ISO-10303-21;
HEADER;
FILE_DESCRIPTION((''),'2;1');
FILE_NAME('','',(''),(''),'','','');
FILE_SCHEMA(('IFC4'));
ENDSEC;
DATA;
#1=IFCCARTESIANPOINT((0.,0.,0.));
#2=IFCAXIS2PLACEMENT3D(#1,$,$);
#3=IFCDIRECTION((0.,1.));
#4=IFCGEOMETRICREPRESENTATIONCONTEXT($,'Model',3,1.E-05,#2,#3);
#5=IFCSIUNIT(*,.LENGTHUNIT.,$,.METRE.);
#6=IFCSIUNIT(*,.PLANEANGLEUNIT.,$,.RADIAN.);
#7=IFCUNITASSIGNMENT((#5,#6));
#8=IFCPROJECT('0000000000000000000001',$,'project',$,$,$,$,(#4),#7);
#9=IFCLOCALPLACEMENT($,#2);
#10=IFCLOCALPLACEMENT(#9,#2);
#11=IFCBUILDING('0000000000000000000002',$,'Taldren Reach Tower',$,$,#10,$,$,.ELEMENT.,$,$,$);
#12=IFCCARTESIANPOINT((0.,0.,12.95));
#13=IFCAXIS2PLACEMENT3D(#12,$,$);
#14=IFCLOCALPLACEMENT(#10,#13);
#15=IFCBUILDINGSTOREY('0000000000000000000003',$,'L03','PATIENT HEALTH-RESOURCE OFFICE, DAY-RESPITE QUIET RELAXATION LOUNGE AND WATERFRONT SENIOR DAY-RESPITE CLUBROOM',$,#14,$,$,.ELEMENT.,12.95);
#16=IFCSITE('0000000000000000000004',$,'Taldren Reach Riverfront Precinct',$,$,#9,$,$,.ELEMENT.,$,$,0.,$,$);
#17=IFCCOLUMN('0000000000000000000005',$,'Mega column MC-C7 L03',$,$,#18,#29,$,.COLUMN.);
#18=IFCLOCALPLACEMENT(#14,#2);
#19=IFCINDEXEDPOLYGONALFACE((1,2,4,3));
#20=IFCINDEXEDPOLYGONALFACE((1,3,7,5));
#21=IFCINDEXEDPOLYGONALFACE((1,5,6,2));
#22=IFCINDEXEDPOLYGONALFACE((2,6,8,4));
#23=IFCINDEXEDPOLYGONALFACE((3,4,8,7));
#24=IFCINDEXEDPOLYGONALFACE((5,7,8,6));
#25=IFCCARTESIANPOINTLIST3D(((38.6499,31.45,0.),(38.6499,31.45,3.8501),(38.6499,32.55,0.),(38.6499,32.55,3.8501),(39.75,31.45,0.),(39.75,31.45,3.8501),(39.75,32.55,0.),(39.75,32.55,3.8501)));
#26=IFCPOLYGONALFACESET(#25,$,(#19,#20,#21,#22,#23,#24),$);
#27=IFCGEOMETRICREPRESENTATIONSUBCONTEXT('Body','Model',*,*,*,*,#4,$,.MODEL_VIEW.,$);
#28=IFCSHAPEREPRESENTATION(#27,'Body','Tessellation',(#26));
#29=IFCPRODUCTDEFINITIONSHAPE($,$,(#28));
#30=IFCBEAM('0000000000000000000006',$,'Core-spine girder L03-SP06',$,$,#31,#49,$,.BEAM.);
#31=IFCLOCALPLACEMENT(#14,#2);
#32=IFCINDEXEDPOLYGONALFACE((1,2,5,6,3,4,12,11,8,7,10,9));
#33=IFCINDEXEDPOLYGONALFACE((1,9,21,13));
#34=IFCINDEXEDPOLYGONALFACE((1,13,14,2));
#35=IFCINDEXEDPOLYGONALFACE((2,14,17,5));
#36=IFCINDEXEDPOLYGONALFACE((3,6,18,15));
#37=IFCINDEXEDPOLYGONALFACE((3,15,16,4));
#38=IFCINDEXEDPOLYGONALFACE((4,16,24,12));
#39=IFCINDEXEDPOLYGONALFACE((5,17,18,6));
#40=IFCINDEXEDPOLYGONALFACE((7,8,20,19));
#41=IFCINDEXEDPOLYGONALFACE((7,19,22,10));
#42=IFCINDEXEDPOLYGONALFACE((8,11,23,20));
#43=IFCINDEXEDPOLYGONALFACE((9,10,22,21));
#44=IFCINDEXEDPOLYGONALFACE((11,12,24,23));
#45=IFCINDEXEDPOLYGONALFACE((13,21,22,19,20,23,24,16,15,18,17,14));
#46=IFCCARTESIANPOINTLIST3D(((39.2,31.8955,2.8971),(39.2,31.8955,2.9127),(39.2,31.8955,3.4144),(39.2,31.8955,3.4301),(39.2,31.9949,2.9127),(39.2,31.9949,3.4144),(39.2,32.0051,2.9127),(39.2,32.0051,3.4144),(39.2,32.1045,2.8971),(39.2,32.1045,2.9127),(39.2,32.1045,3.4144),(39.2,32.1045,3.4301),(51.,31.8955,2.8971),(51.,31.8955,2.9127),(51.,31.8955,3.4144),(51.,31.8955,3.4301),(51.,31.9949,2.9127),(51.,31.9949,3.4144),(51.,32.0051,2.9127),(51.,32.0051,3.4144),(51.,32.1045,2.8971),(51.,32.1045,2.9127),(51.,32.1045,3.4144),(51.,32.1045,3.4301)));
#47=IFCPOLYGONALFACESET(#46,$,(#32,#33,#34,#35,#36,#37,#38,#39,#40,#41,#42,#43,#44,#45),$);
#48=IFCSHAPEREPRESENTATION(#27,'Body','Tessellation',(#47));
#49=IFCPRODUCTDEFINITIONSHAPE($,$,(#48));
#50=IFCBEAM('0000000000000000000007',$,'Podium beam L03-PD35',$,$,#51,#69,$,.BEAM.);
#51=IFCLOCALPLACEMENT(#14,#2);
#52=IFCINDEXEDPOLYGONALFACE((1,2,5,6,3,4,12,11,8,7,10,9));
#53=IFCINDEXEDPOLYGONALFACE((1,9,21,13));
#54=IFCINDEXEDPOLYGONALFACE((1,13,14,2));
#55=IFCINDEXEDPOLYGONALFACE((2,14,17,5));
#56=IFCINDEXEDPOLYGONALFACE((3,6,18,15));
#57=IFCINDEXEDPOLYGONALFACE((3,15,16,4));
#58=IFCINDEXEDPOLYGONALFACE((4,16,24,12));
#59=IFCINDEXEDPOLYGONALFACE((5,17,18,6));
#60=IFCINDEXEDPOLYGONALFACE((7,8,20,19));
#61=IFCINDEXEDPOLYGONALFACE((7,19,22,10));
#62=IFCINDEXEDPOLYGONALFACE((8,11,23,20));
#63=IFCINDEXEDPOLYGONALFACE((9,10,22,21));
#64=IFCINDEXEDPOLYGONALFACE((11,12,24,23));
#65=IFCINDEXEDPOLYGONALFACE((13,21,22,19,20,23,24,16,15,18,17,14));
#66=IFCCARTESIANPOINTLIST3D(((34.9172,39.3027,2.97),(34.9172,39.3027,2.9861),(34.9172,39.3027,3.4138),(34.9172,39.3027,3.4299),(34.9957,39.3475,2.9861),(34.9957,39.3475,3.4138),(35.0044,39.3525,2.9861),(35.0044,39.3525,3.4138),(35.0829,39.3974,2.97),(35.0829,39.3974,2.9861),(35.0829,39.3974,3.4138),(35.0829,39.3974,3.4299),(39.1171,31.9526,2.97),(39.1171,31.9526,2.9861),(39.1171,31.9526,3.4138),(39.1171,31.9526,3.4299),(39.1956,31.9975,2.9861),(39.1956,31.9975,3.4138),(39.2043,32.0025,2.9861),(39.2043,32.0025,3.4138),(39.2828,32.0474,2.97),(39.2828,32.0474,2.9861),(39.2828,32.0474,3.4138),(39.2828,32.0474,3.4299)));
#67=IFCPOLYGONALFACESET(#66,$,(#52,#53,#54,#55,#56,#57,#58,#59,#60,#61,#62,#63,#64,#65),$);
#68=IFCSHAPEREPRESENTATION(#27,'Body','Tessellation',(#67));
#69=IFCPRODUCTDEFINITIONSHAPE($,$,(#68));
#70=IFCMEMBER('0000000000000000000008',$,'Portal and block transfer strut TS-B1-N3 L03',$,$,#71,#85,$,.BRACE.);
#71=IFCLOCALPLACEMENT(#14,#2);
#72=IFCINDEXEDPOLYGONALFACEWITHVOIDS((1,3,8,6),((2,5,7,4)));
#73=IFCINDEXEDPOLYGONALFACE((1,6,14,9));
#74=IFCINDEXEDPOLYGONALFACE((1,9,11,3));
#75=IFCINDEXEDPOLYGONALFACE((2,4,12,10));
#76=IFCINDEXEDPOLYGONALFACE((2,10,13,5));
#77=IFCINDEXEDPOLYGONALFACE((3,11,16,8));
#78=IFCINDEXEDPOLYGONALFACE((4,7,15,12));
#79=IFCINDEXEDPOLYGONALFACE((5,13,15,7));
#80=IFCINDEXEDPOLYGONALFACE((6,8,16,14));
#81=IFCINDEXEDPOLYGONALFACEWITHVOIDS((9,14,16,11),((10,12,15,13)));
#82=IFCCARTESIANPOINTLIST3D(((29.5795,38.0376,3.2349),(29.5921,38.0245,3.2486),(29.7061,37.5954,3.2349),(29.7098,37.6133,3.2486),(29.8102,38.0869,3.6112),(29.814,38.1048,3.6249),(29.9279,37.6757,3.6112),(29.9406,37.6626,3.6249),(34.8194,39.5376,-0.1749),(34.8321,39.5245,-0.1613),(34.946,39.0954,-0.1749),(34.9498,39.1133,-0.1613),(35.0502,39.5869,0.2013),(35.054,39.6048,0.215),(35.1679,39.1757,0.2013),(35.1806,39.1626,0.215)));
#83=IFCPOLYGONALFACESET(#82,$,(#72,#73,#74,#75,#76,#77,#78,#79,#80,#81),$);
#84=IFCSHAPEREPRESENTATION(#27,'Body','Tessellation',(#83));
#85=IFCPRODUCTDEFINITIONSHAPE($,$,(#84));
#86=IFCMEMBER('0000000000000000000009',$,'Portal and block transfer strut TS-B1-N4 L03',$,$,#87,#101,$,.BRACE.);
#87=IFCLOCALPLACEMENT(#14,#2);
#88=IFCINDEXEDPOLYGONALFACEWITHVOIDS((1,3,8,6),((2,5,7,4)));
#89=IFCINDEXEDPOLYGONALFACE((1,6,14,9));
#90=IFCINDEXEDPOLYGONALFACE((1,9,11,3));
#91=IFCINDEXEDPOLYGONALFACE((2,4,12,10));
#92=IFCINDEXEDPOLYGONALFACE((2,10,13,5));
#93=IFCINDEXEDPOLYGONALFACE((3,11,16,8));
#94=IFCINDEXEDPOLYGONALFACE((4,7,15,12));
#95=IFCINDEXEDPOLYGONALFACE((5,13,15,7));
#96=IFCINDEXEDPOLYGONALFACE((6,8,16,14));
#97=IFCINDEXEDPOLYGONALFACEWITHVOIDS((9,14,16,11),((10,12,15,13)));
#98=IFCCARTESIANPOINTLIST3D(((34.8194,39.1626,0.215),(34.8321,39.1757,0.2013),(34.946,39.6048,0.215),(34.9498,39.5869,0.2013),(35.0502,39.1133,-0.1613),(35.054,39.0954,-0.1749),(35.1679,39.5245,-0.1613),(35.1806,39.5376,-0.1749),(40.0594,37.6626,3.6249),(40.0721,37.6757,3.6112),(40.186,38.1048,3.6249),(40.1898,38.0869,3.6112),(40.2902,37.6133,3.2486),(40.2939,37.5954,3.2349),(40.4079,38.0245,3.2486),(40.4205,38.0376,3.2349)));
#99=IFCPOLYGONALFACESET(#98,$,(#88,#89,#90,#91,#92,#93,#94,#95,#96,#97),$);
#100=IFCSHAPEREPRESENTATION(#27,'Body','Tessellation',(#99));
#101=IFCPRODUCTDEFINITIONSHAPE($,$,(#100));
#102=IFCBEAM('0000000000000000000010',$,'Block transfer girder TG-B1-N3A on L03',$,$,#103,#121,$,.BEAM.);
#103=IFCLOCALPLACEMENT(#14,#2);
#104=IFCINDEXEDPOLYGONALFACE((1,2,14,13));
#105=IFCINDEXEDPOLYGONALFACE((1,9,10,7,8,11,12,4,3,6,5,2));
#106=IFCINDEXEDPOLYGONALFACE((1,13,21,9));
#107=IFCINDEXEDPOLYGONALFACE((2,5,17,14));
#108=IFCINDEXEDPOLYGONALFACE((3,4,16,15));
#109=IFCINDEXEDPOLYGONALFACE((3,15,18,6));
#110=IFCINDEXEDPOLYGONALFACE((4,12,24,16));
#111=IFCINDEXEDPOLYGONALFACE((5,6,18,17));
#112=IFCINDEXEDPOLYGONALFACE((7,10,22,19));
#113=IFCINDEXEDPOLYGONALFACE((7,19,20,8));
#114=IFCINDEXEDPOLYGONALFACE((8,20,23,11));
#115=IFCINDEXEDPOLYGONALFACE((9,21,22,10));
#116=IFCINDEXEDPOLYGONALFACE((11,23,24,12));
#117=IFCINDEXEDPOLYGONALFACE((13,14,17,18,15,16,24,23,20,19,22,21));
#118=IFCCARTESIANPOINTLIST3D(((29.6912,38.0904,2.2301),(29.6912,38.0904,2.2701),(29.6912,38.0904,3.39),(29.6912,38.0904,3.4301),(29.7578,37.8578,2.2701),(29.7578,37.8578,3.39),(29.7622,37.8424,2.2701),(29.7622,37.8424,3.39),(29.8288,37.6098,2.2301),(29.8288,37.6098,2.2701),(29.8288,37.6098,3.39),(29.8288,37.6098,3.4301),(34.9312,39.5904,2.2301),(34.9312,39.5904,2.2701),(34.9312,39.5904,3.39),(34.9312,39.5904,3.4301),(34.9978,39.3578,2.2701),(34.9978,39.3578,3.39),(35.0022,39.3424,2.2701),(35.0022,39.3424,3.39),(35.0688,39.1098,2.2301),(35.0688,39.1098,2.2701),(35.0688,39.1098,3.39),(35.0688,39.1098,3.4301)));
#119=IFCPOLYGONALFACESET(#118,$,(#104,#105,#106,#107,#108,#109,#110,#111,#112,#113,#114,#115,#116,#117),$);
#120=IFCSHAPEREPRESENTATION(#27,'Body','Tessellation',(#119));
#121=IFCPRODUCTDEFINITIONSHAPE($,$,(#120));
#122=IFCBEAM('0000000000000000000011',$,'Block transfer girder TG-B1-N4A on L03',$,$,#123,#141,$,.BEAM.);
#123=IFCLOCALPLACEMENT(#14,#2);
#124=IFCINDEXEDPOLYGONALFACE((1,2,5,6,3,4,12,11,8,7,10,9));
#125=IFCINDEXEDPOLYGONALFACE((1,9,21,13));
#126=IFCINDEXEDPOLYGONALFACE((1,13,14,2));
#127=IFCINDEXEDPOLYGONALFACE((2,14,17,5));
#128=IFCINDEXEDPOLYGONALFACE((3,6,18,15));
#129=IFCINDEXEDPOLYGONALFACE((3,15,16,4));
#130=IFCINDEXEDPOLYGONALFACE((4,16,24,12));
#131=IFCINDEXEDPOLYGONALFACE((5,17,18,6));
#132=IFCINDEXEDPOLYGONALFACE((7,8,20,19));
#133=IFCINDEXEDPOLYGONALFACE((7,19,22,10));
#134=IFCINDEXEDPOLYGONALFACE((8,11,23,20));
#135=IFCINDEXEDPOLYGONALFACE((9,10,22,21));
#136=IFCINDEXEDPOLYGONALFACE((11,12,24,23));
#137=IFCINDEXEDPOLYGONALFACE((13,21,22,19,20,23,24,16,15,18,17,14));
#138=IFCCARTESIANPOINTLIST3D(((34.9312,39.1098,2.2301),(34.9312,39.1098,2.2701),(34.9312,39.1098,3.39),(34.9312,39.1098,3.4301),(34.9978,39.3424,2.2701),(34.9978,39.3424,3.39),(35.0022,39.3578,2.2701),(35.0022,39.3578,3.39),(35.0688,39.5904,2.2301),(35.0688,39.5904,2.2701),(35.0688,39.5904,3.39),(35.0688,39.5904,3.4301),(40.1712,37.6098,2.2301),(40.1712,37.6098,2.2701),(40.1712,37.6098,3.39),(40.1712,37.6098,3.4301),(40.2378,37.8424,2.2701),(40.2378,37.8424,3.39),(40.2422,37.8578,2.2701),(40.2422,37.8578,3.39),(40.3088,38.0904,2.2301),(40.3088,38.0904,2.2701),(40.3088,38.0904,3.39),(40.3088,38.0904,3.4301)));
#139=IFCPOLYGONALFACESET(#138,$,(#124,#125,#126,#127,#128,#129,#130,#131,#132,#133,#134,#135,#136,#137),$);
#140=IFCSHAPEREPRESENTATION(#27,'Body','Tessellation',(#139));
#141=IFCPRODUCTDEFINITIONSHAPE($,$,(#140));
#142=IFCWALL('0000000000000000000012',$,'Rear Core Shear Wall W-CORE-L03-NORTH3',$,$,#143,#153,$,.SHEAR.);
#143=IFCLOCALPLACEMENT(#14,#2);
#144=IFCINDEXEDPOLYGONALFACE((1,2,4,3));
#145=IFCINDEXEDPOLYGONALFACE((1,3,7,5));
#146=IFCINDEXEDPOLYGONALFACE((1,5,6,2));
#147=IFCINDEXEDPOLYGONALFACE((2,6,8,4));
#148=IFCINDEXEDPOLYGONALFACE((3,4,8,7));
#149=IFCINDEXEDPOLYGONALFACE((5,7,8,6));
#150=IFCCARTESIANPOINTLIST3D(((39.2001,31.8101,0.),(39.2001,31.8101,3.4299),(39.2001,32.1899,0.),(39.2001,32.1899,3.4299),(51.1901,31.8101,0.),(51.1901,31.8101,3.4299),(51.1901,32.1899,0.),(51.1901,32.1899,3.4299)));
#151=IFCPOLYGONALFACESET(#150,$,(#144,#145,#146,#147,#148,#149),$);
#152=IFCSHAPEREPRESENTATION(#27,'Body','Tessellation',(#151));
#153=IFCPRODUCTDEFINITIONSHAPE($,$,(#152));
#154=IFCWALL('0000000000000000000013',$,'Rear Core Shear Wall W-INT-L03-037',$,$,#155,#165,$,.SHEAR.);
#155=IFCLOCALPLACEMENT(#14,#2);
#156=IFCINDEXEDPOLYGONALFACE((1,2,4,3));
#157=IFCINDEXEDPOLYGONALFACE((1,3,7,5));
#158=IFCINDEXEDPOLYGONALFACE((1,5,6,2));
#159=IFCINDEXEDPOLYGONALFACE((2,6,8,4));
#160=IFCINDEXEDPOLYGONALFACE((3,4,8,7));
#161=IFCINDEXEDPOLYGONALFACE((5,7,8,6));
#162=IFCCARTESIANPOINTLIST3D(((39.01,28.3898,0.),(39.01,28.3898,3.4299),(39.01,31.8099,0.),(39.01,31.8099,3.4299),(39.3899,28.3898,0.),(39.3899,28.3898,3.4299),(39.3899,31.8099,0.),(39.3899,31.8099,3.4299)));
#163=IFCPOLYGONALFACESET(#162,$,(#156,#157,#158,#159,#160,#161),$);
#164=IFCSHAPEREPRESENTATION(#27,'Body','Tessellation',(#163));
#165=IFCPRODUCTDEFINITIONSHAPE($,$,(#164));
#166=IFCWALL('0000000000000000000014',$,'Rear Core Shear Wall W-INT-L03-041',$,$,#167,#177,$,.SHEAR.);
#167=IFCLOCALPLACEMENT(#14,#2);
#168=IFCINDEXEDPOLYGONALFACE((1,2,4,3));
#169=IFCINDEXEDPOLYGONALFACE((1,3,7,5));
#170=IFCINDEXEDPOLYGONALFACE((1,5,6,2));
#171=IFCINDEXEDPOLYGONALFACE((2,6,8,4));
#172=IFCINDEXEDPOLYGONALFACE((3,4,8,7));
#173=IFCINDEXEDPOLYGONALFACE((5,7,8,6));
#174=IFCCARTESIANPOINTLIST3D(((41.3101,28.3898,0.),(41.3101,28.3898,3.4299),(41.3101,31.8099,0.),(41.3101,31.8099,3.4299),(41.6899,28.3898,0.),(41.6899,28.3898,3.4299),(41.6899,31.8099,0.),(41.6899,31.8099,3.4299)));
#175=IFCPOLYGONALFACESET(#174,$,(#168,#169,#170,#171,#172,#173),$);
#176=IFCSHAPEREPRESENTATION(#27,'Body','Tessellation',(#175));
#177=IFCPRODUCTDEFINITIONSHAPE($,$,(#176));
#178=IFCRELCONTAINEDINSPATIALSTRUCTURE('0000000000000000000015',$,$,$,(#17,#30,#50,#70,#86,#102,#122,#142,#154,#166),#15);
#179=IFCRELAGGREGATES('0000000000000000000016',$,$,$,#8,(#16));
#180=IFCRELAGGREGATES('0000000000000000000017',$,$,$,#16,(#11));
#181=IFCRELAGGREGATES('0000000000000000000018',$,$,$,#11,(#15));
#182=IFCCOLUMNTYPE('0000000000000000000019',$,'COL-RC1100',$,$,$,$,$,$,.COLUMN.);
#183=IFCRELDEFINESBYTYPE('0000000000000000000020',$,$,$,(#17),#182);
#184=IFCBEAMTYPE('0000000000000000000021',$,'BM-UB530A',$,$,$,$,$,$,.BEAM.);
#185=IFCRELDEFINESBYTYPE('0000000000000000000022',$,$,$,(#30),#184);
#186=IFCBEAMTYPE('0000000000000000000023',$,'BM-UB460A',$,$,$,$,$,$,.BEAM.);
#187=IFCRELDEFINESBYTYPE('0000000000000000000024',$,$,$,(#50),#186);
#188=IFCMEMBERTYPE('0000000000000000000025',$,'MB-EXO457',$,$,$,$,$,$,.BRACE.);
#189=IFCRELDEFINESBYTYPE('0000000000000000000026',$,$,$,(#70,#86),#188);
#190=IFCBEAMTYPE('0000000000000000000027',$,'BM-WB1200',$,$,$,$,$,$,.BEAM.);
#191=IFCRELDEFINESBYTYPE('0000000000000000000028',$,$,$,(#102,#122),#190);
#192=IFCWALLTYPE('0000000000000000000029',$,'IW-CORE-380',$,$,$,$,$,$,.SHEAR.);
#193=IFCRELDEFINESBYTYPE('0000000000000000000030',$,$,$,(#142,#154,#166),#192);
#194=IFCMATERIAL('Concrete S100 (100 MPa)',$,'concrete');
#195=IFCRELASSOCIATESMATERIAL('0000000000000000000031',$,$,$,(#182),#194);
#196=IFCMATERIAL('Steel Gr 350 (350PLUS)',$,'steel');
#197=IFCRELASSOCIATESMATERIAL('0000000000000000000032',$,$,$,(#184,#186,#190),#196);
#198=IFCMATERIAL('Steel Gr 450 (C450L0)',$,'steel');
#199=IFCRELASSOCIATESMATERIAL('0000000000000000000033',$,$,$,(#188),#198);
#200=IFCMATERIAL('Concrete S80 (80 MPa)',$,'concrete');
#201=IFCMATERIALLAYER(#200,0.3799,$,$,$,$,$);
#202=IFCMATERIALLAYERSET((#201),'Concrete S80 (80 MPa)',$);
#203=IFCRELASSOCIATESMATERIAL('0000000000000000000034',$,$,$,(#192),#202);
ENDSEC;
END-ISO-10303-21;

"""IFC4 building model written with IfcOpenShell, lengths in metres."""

from ifc_helpers import new_model, si_unit, direction, frame, frame_2d, origin, origin_2d, place, context, subcontext, project, spatial, rectangle, hollow_rectangle, i_section, extrude, source, transform, mapped, material, layer, layer_set, material_profile, profile_set, type_object, element, save


model = new_model("IFC4")

# Units and contexts
model_context = context("Model", 3, precision=1e-05, world=origin(), true_north=direction((0.0, 1.0)))
body_context = subcontext(model_context, "Body", "Model", "MODEL_VIEW")
ifc_project = project(units=[si_unit("LENGTHUNIT", "METRE"), si_unit("PLANEANGLEUNIT", "RADIAN")], contexts=[model_context])

# Site, building, storey
site_placement = place(None, origin())
site = spatial("IfcSite", under=ifc_project, at=site_placement, Name="Taldren Reach Riverfront Precinct", CompositionType="ELEMENT", RefElevation=0.0)
building_placement = place(site_placement, origin())
building = spatial("IfcBuilding", under=site, at=building_placement, Name="Taldren Reach Tower", CompositionType="ELEMENT")
storey_placement = place(building_placement, frame((0.0, 0.0, 12.95)))
storey = spatial("IfcBuildingStorey", under=building, at=storey_placement, Name="L03", Description="PATIENT HEALTH-RESOURCE OFFICE, DAY-RESPITE QUIET RELAXATION LOUNGE AND WATERFRONT SENIOR DAY-RESPITE CLUBROOM", CompositionType="ELEMENT", Elevation=12.95)

# Column
ifc_material_1 = material(Name="Concrete S100 (100 MPa)", Category="concrete")
ifc_material_profile_1 = material_profile(ifc_material_1, rectangle(XDim=1.1001, YDim=1.1001, at=origin_2d()), Name="RC-1100x1100")
ifc_profile_set_1 = profile_set([ifc_material_profile_1], Name="Concrete S100 (100 MPa)")
column_type = type_object("IfcColumnType", Name="COL-RC1100", PredefinedType="COLUMN", material=ifc_profile_set_1)
shared_shape_1 = source(origin(), body_context, "Body", "SweptSolid", [
    extrude(rectangle(XDim=1.1001, YDim=1.1001, at=origin_2d()), origin(), (0.0, 0.0, 1.0), 3.8501),
])
column_placement = place(storey_placement, frame((39.2, 32.0, 0.0), z_axis=(0.0, 0.0, 1.0), x_axis=(1.0, 0.0, 0.0)))
element("IfcColumn", 1, at=column_placement, inside=storey, type_object=column_type, Name="Mega column MC-C7 L03", PredefinedType="COLUMN", context=body_context, shape_type="MappedRepresentation", body=[
    mapped(shared_shape_1, transform((0.0, 0.0, 0.0), scale=1.0)),
])

# Beams
ifc_material_2 = material(Name="Steel Gr 350 (350PLUS)", Category="steel")
ifc_material_profile_2 = material_profile(ifc_material_2, i_section(OverallWidth=0.209, OverallDepth=0.533, WebThickness=0.0103, FlangeThickness=0.0156, at=origin_2d()), Name="530UB92.4")
ifc_profile_set_2 = profile_set([ifc_material_profile_2], Name="Steel Gr 350 (350PLUS)")
beam_type_1 = type_object("IfcBeamType", Name="BM-UB530A", PredefinedType="BEAM", material=ifc_profile_set_2)
shared_shape_2 = source(origin(), body_context, "Body", "SweptSolid", [
    extrude(i_section(OverallWidth=0.209, OverallDepth=0.533, WebThickness=0.0103, FlangeThickness=0.0156, at=origin_2d()), origin(), (0.0, 0.0, 1.0), 11.8),
])
beam_1_placement = place(storey_placement, frame((39.2, 32.0, 3.1636), z_axis=(1.0, 0.0, 0.0), x_axis=(0.0, 1.0, 0.0)))
element("IfcBeam", 2, at=beam_1_placement, inside=storey, type_object=beam_type_1, Name="Core-spine girder L03-SP06", PredefinedType="BEAM", context=body_context, shape_type="MappedRepresentation", body=[
    mapped(shared_shape_2, transform((0.0, 0.0, 0.0), scale=1.0)),
])
ifc_material_profile_3 = material_profile(ifc_material_2, i_section(OverallWidth=0.1909, OverallDepth=0.46, WebThickness=0.01, FlangeThickness=0.0161, at=origin_2d()), Name="460UB82.1")
ifc_profile_set_3 = profile_set([ifc_material_profile_3], Name="Steel Gr 350 (350PLUS)")
beam_type_2 = type_object("IfcBeamType", Name="BM-UB460A", PredefinedType="BEAM", material=ifc_profile_set_3)
shared_shape_3 = source(origin(), body_context, "Body", "SweptSolid", [
    extrude(i_section(OverallWidth=0.1909, OverallDepth=0.46, WebThickness=0.01, FlangeThickness=0.0161, at=origin_2d()), origin(), (0.0, 0.0, 1.0), 8.4653),
])
beam_2_placement = place(storey_placement, frame((39.2, 32.0, 3.2), z_axis=(-0.49613, 0.868248, 0.0), x_axis=(-0.868248, -0.49613, 0.0)))
element("IfcBeam", 3, at=beam_2_placement, inside=storey, type_object=beam_type_2, Name="Podium beam L03-PD35", PredefinedType="BEAM", context=body_context, shape_type="MappedRepresentation", body=[
    mapped(shared_shape_3, transform((0.0, 0.0, 0.0), scale=1.0)),
])

# Members
ifc_material_3 = material(Name="Steel Gr 450 (C450L0)", Category="steel")
ifc_material_profile_4 = material_profile(ifc_material_3, hollow_rectangle(XDim=0.46, YDim=0.46, WallThickness=0.0161, at=origin_2d()), Name="460x460x16.0SHS")
ifc_profile_set_4 = profile_set([ifc_material_profile_4], Name="Steel Gr 450 (C450L0)")
member_type = type_object("IfcMemberType", Name="MB-EXO457", PredefinedType="BRACE", material=ifc_profile_set_4)
shared_shape_4 = source(origin(), body_context, "Body", "SweptSolid", [
    extrude(hollow_rectangle(XDim=0.46, YDim=0.46, WallThickness=0.0161, at=origin_2d()), origin(), (0.0, 0.0, 1.0), 6.4292),
])
for number, where, z_axis, x_axis, name in (
    (4, (35.0, 39.3501, 0.02), (-0.815026, -0.233309, 0.530376), (0.275206, -0.961385, 0.0), "Portal and block transfer strut TS-B1-N3 L03"),
    (5, (35.0, 39.3501, 0.02), (0.815026, -0.233309, 0.530376), (0.275206, 0.961385, 0.0), "Portal and block transfer strut TS-B1-N4 L03"),
):
    element("IfcMember", number, at=place(storey_placement, frame(where, z_axis=z_axis, x_axis=x_axis)), inside=storey, type_object=member_type, Name=name, PredefinedType="BRACE", context=body_context, shape_type="MappedRepresentation", body=[
        mapped(shared_shape_4, transform((0.0, 0.0, 0.0), scale=1.0)),
    ])

# Beams
ifc_material_profile_5 = material_profile(ifc_material_2, i_section(OverallWidth=0.5, OverallDepth=1.2, WebThickness=0.0161, FlangeThickness=0.04, at=origin_2d()), Name="1200WB455")
ifc_profile_set_5 = profile_set([ifc_material_profile_5], Name="Steel Gr 350 (350PLUS)")
beam_type_3 = type_object("IfcBeamType", Name="BM-WB1200", PredefinedType="BEAM", material=ifc_profile_set_5)
shared_shape_5 = source(origin(), body_context, "Body", "SweptSolid", [
    extrude(i_section(OverallWidth=0.5, OverallDepth=1.2, WebThickness=0.0161, FlangeThickness=0.04, at=origin_2d()), origin(), (0.0, 0.0, 1.0), 5.4504),
])
for number, where, z_axis, x_axis, name in (
    (6, (35.0, 39.3501, 2.8301), (-0.961385, -0.275206, 0.0), (0.275206, -0.961385, 0.0), "Block transfer girder TG-B1-N3A on L03"),
    (7, (35.0, 39.3501, 2.8301), (0.961385, -0.275206, 0.0), (0.275206, 0.961385, 0.0), "Block transfer girder TG-B1-N4A on L03"),
):
    element("IfcBeam", number, at=place(storey_placement, frame(where, z_axis=z_axis, x_axis=x_axis)), inside=storey, type_object=beam_type_3, Name=name, PredefinedType="BEAM", context=body_context, shape_type="MappedRepresentation", body=[
        mapped(shared_shape_5, transform((0.0, 0.0, 0.0), scale=1.0)),
    ])

# Walls
ifc_material_4 = material(Name="Concrete S80 (80 MPa)", Category="concrete")
ifc_layer_1 = layer(ifc_material_4, 0.3799)
ifc_layer_set_1 = layer_set([ifc_layer_1], Name="Concrete S80 (80 MPa)")
wall_type_1 = type_object("IfcWallType", Name="IW-CORE-380", PredefinedType="SHEAR", material=ifc_layer_set_1)
shared_shape_6 = source(origin(), body_context, "Body", "SweptSolid", [
    extrude(rectangle(XDim=11.99, YDim=0.3799, at=frame_2d((5.9951, 0.0))), origin(), (0.0, 0.0, 1.0), 3.4299),
])
wall_1_placement = place(storey_placement, frame((39.2, 32.0, 0.0), z_axis=(0.0, 0.0, 1.0), x_axis=(1.0, 0.0, 0.0)))
element("IfcWall", 8, at=wall_1_placement, inside=storey, type_object=wall_type_1, Name="Rear Core Shear Wall W-CORE-L03-NORTH3", PredefinedType="SHEAR", context=body_context, shape_type="MappedRepresentation", body=[
    mapped(shared_shape_6, transform((0.0, 0.0, 0.0), scale=1.0)),
])
shared_shape_7 = source(origin(), body_context, "Body", "SweptSolid", [
    extrude(rectangle(XDim=3.4202, YDim=0.3799, at=frame_2d((1.71, 0.0))), origin(), (0.0, 0.0, 1.0), 3.4299),
])
for number, where, z_axis, x_axis, name in (
    (9, (39.2, 28.3899, 0.0), (0.0, 0.0, 1.0), (0.0, 1.0, 0.0), "Rear Core Shear Wall W-INT-L03-037"),
    (10, (41.5, 28.3899, 0.0), (0.0, 0.0, 1.0), (0.0, 1.0, 0.0), "Rear Core Shear Wall W-INT-L03-041"),
):
    element("IfcWall", number, at=place(storey_placement, frame(where, z_axis=z_axis, x_axis=x_axis)), inside=storey, type_object=wall_type_1, Name=name, PredefinedType="SHEAR", context=body_context, shape_type="MappedRepresentation", body=[
        mapped(shared_shape_7, transform((0.0, 0.0, 0.0), scale=1.0)),
    ])

save(model, "model.ifc")
